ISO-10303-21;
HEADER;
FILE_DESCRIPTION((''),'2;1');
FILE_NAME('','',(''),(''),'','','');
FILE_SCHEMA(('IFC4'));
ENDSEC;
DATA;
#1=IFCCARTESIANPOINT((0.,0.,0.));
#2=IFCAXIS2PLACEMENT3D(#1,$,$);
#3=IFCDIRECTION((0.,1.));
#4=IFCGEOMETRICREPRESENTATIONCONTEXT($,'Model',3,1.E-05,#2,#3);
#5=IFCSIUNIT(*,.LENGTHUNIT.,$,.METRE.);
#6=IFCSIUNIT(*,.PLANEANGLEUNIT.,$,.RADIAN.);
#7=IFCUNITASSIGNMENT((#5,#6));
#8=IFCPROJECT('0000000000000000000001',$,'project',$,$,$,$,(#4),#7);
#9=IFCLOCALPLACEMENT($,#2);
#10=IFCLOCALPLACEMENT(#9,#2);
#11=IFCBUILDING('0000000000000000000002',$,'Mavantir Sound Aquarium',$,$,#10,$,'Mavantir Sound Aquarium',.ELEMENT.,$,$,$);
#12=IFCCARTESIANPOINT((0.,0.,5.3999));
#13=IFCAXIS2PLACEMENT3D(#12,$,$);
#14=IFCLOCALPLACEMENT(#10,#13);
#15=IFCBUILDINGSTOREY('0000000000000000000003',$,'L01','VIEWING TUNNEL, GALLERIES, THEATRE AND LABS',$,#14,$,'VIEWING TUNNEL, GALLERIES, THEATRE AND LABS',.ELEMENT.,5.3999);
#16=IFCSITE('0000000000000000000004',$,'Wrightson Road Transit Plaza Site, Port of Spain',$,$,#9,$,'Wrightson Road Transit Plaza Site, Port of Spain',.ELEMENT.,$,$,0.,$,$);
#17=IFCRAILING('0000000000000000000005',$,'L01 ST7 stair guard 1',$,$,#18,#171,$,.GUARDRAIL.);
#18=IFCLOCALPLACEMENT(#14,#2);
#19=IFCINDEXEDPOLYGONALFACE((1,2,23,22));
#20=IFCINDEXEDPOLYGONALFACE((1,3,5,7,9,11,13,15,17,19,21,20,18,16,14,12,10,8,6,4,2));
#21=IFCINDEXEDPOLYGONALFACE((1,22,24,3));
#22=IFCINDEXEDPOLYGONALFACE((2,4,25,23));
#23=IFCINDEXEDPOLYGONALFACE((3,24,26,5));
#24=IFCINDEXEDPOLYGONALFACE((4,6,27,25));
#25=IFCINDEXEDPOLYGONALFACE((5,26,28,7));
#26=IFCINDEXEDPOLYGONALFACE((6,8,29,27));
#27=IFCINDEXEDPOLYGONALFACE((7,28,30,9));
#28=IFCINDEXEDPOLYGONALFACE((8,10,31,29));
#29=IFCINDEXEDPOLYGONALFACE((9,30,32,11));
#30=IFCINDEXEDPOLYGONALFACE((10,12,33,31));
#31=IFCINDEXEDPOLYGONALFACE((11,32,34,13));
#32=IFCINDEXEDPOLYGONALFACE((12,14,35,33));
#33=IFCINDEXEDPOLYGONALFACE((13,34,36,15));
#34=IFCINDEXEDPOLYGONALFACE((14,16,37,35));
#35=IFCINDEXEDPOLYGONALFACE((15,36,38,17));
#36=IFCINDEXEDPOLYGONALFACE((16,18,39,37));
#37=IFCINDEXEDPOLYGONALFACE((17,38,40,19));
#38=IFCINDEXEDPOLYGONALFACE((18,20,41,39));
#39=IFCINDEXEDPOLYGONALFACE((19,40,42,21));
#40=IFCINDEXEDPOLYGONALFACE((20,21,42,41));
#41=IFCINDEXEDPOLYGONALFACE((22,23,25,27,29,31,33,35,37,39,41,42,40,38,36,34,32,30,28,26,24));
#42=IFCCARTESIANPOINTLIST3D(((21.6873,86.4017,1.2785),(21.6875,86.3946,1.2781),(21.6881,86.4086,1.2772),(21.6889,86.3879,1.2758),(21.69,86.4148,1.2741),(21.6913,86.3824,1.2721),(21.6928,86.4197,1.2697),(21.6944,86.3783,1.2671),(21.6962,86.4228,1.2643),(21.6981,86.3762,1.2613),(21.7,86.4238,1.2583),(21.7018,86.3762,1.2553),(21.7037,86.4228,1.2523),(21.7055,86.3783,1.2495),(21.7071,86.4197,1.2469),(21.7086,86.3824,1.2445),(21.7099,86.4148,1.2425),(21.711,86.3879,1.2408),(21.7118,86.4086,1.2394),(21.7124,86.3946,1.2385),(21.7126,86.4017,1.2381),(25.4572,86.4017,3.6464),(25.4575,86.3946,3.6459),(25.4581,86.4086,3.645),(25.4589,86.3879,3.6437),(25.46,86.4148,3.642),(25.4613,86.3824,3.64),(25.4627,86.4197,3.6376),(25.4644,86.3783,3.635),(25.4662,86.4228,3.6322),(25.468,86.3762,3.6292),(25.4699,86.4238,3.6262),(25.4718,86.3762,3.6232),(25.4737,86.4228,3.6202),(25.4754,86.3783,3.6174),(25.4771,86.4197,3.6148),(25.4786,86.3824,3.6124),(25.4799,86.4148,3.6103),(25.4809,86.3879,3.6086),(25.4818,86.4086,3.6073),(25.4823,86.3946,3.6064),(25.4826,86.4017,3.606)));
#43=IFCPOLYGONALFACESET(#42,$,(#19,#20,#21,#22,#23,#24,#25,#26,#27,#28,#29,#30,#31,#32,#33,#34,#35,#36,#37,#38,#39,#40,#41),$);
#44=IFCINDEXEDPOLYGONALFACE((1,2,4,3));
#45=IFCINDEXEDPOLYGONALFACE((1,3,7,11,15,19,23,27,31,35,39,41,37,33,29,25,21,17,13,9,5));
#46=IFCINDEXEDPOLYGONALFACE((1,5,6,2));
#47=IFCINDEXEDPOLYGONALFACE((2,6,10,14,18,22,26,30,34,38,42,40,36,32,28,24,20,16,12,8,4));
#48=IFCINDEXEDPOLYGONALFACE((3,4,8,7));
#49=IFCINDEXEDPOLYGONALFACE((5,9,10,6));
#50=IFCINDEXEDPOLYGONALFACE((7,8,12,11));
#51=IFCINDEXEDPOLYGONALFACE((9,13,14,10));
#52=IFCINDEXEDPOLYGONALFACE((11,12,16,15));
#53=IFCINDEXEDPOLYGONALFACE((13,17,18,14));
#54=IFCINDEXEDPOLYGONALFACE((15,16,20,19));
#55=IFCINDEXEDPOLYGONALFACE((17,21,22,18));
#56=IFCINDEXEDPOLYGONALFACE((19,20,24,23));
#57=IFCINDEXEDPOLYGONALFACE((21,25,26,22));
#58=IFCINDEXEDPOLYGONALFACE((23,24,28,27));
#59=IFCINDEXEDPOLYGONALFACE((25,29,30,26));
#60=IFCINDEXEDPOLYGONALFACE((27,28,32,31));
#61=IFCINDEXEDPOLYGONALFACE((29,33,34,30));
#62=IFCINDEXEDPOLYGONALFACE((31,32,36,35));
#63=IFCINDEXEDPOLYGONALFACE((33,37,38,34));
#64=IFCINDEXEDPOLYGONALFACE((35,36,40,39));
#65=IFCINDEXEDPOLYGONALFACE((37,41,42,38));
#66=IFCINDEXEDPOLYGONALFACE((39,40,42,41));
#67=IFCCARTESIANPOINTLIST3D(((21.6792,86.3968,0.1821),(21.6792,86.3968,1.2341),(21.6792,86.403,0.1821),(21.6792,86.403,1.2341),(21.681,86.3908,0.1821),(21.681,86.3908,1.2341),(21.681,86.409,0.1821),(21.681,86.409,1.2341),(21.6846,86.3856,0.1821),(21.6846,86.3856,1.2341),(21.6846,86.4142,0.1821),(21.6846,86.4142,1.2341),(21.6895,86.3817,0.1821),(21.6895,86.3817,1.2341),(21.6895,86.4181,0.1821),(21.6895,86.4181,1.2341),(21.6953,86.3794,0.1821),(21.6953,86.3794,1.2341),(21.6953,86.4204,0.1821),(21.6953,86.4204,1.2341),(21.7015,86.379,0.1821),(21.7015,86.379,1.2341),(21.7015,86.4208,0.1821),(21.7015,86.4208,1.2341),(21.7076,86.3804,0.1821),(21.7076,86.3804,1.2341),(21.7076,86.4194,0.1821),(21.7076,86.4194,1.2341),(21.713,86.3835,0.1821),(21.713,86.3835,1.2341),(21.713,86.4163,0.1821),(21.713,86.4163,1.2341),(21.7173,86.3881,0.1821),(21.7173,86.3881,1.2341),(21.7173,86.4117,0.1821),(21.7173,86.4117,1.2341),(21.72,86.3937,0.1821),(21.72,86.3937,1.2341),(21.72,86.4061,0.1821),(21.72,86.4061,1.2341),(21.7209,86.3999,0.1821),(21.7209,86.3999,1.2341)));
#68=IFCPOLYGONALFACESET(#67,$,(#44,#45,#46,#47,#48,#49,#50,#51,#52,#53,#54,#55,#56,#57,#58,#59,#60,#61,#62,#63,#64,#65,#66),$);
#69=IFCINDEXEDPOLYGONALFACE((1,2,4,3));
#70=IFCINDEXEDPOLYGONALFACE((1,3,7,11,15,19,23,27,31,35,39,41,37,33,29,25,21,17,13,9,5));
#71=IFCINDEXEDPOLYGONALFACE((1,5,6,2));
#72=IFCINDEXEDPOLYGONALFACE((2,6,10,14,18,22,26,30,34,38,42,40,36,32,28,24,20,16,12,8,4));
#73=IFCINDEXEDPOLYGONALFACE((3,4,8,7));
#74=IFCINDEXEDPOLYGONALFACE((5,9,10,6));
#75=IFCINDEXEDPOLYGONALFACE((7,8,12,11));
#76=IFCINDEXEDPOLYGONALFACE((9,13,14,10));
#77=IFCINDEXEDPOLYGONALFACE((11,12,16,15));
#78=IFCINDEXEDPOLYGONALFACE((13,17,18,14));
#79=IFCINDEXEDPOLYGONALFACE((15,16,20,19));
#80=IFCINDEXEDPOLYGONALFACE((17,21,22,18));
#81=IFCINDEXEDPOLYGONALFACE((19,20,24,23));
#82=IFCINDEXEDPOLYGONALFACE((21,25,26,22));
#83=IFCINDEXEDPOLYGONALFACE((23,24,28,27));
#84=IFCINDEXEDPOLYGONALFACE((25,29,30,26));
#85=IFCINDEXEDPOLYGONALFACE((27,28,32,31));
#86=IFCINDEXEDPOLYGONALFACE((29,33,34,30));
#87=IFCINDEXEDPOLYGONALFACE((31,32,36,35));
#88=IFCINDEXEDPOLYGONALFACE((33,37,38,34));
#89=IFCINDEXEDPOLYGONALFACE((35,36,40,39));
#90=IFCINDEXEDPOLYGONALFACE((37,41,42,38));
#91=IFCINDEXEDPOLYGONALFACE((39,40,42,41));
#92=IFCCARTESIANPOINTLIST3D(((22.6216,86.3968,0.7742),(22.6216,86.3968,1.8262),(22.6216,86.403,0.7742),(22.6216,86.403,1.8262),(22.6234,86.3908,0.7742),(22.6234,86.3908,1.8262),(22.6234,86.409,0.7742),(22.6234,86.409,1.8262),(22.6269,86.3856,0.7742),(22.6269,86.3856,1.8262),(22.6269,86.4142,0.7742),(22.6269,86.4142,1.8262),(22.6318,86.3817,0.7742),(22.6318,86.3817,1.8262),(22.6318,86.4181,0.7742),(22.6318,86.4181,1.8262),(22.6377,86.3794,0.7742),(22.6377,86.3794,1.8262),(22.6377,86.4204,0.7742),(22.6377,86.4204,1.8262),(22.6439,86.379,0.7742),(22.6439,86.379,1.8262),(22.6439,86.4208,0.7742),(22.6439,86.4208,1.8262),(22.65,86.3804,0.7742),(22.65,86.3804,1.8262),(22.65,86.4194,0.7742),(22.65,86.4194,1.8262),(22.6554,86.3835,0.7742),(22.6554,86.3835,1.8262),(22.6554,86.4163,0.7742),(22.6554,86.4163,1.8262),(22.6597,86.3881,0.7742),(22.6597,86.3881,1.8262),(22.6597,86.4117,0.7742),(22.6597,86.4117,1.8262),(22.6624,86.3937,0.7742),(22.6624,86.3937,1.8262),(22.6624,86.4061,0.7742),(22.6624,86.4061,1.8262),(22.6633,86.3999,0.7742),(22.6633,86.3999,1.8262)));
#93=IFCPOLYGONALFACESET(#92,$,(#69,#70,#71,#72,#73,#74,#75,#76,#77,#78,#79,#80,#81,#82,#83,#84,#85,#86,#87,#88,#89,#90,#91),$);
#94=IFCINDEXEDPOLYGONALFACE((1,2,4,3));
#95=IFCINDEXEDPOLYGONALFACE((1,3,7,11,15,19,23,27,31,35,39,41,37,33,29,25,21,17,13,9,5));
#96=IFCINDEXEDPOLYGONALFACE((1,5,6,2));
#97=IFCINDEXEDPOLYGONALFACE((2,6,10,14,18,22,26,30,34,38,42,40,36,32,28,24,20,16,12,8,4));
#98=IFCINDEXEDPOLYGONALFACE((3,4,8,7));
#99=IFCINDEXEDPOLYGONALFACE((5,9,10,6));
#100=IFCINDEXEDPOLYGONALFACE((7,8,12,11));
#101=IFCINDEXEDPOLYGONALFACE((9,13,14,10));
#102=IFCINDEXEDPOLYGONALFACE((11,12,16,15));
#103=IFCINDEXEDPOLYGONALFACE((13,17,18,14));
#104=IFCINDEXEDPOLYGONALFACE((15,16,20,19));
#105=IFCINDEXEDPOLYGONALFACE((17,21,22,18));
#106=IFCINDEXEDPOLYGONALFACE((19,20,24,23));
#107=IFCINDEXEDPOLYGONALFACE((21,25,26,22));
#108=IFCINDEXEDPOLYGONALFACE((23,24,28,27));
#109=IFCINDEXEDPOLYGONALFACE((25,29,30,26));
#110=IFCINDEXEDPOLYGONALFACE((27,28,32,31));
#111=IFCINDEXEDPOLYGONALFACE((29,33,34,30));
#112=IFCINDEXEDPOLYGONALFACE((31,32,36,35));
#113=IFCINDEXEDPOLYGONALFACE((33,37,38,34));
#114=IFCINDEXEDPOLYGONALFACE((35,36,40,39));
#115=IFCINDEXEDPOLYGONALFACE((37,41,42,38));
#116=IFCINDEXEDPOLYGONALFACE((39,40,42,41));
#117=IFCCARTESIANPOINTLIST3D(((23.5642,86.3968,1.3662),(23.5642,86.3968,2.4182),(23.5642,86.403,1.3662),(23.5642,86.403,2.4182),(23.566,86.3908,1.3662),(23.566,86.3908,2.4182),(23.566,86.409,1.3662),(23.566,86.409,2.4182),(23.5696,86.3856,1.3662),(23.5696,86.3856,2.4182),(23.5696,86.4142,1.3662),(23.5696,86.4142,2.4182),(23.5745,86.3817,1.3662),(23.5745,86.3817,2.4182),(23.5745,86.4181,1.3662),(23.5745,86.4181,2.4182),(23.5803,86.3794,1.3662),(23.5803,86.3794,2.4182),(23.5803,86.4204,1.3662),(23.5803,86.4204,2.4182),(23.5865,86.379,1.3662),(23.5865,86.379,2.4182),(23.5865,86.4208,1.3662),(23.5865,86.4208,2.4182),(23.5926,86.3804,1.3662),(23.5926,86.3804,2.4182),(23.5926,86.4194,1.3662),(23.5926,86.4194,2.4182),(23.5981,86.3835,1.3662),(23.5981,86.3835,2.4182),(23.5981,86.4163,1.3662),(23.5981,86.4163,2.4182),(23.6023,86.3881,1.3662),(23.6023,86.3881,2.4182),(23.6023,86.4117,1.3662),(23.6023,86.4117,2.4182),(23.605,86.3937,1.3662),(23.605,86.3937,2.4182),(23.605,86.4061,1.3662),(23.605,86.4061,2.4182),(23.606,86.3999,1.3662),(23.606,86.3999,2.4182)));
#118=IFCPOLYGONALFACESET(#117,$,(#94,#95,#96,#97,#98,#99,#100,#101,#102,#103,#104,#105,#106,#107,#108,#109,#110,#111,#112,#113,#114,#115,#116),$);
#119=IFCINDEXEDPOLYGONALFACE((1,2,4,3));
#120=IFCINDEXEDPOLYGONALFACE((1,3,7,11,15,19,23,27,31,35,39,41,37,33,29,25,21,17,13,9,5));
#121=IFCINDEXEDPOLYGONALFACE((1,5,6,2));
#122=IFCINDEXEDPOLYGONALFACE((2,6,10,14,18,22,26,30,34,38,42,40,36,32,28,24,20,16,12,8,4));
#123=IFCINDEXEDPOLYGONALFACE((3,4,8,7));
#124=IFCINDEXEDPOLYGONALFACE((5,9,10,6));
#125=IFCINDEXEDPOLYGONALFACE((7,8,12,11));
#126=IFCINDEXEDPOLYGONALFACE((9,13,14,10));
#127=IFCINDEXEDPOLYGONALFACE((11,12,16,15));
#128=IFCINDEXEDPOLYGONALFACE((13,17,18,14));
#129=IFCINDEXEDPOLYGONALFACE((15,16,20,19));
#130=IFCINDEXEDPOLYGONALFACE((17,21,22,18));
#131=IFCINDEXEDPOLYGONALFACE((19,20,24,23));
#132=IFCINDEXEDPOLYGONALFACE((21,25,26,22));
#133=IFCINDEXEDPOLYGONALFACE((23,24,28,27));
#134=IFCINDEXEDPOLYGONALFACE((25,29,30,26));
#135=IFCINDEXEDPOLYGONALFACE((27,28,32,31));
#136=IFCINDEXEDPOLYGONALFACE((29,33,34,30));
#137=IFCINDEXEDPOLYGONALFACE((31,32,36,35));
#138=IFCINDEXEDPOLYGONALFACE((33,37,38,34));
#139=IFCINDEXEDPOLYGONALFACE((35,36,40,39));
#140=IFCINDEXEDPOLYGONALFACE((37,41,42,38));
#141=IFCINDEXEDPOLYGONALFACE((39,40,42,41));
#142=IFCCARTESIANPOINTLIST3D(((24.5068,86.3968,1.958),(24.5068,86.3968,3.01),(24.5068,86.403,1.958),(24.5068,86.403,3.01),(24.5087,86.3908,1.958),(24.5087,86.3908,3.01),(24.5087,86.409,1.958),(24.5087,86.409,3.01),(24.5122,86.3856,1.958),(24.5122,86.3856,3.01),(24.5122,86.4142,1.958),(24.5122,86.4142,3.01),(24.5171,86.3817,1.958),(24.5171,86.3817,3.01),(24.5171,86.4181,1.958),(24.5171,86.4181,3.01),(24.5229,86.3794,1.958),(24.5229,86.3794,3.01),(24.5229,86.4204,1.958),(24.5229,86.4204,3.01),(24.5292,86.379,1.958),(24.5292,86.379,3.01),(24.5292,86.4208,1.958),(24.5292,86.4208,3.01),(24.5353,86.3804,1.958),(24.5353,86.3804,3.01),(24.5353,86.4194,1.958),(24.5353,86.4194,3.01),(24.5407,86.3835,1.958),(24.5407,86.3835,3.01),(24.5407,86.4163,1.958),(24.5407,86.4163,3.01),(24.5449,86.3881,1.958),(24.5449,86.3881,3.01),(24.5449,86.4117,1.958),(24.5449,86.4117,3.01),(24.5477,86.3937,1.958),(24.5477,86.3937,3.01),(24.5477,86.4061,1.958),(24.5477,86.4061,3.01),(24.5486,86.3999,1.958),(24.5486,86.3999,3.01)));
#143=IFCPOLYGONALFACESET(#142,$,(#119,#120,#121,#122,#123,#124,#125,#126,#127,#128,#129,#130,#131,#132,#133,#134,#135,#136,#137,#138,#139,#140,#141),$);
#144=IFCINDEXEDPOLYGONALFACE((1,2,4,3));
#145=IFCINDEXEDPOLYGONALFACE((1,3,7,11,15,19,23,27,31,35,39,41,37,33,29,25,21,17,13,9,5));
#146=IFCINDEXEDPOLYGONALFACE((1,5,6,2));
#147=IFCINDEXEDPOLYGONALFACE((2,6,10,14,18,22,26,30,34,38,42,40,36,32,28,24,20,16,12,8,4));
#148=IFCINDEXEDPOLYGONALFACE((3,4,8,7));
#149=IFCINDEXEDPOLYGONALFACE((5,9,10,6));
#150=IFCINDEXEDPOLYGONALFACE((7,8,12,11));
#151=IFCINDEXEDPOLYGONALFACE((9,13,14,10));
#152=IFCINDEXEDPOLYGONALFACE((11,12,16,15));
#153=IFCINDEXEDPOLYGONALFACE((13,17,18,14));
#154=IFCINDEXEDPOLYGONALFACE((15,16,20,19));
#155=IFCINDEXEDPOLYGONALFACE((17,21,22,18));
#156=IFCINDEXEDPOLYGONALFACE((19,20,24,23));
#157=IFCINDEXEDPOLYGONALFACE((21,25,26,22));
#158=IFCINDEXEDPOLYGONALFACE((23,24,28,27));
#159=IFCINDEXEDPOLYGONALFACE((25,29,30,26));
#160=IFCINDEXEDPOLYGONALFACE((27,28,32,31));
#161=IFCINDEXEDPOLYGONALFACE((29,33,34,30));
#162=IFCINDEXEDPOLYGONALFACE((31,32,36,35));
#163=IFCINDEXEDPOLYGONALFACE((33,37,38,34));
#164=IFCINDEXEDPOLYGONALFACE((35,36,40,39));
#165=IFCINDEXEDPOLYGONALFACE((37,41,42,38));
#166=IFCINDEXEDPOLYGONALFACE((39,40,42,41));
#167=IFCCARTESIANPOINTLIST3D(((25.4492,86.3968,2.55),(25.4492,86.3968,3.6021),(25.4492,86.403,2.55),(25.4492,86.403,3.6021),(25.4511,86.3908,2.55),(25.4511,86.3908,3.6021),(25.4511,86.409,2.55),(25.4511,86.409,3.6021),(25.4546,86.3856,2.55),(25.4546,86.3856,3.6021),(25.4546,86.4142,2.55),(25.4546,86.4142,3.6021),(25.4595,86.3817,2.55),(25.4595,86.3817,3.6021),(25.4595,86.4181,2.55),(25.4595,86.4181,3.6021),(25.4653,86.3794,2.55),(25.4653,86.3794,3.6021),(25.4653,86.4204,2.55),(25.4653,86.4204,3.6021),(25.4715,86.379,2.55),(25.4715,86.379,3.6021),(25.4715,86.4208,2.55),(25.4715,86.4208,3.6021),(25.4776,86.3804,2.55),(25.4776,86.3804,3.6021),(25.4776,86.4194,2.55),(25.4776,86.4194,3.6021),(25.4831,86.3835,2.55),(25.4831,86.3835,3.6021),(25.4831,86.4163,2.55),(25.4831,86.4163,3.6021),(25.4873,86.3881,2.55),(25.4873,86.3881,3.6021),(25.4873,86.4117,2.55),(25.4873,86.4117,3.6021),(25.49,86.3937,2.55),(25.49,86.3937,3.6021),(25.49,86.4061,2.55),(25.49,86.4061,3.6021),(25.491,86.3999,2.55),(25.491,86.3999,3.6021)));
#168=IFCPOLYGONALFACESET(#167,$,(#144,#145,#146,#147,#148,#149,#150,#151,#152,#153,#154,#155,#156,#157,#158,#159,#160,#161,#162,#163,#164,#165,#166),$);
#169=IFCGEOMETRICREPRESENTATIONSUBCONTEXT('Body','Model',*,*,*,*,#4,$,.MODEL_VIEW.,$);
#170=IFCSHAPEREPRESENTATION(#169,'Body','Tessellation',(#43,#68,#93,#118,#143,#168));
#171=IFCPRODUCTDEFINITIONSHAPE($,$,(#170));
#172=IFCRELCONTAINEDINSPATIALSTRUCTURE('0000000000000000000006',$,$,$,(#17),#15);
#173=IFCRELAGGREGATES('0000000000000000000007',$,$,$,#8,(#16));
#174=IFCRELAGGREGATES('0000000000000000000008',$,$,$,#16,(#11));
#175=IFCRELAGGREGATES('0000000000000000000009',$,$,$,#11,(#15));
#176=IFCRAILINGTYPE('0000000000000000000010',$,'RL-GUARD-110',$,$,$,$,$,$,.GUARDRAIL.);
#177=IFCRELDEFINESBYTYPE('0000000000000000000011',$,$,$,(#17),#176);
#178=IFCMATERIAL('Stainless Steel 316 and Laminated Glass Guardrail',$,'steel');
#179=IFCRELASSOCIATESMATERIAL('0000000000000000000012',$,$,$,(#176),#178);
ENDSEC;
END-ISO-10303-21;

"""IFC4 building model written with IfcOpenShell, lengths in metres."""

from ifc_helpers import new_model, si_unit, direction, frame, origin, origin_2d, place, context, subcontext, project, spatial, circle, extrude, material, type_object, element, save


model = new_model("IFC4")

# Units and contexts
model_context = context("Model", 3, precision=1e-05, world=origin(), true_north=direction((0.0, 1.0)))
body_context = subcontext(model_context, "Body", "Model", "MODEL_VIEW")
ifc_project = project(units=[si_unit("LENGTHUNIT", "METRE"), si_unit("PLANEANGLEUNIT", "RADIAN")], contexts=[model_context])

# Site, building, storey
site_placement = place(None, origin())
site = spatial("IfcSite", under=ifc_project, at=site_placement, Name="Wrightson Road Transit Plaza Site, Port of Spain", LongName="Wrightson Road Transit Plaza Site, Port of Spain", CompositionType="ELEMENT", RefElevation=0.0)
building_placement = place(site_placement, origin())
building = spatial("IfcBuilding", under=site, at=building_placement, Name="Mavantir Sound Aquarium", LongName="Mavantir Sound Aquarium", CompositionType="ELEMENT")
storey_placement = place(building_placement, frame((0.0, 0.0, 5.3999)))
storey = spatial("IfcBuildingStorey", under=building, at=storey_placement, Name="L01", Description="VIEWING TUNNEL, GALLERIES, THEATRE AND LABS", LongName="VIEWING TUNNEL, GALLERIES, THEATRE AND LABS", CompositionType="ELEMENT", Elevation=5.3999)

# Railing
ifc_material_1 = material(Name="Stainless Steel 316 and Laminated Glass Guardrail", Category="steel")
railing_type_1 = type_object("IfcRailingType", Name="RL-GUARD-110", PredefinedType="GUARDRAIL", material=ifc_material_1)
railing_1_placement = place(storey_placement, frame((21.7, 86.3999, 0.1821)))
element("IfcRailing", 1, at=railing_1_placement, inside=storey, type_object=railing_type_1, Name="L01 ST7 stair guard 1", PredefinedType="GUARDRAIL", context=body_context, shape_type="SweptSolid", body=[
    extrude(circle(Radius=0.0239, at=origin_2d()), frame((0.0, 0.0, 1.0762), z_axis=(0.846819, 0.0, 0.531881), x_axis=(0.0, 1.0, 0.0)), (0.0, 0.0, 1.0), 4.4519),
    extrude(circle(Radius=0.021, at=origin_2d()), origin(), (0.0, 0.0, 1.0), 1.052),
    extrude(circle(Radius=0.021, at=origin_2d()), frame((0.9424, 0.0, 0.592)), (0.0, 0.0, 1.0), 1.052),
    extrude(circle(Radius=0.021, at=origin_2d()), frame((1.885, 0.0, 1.1841)), (0.0, 0.0, 1.0), 1.052),
    extrude(circle(Radius=0.021, at=origin_2d()), frame((2.8276, 0.0, 1.7759)), (0.0, 0.0, 1.0), 1.052),
    extrude(circle(Radius=0.021, at=origin_2d()), frame((3.77, 0.0, 2.3679)), (0.0, 0.0, 1.0), 1.052),
])

save(model, "model.ifc")
